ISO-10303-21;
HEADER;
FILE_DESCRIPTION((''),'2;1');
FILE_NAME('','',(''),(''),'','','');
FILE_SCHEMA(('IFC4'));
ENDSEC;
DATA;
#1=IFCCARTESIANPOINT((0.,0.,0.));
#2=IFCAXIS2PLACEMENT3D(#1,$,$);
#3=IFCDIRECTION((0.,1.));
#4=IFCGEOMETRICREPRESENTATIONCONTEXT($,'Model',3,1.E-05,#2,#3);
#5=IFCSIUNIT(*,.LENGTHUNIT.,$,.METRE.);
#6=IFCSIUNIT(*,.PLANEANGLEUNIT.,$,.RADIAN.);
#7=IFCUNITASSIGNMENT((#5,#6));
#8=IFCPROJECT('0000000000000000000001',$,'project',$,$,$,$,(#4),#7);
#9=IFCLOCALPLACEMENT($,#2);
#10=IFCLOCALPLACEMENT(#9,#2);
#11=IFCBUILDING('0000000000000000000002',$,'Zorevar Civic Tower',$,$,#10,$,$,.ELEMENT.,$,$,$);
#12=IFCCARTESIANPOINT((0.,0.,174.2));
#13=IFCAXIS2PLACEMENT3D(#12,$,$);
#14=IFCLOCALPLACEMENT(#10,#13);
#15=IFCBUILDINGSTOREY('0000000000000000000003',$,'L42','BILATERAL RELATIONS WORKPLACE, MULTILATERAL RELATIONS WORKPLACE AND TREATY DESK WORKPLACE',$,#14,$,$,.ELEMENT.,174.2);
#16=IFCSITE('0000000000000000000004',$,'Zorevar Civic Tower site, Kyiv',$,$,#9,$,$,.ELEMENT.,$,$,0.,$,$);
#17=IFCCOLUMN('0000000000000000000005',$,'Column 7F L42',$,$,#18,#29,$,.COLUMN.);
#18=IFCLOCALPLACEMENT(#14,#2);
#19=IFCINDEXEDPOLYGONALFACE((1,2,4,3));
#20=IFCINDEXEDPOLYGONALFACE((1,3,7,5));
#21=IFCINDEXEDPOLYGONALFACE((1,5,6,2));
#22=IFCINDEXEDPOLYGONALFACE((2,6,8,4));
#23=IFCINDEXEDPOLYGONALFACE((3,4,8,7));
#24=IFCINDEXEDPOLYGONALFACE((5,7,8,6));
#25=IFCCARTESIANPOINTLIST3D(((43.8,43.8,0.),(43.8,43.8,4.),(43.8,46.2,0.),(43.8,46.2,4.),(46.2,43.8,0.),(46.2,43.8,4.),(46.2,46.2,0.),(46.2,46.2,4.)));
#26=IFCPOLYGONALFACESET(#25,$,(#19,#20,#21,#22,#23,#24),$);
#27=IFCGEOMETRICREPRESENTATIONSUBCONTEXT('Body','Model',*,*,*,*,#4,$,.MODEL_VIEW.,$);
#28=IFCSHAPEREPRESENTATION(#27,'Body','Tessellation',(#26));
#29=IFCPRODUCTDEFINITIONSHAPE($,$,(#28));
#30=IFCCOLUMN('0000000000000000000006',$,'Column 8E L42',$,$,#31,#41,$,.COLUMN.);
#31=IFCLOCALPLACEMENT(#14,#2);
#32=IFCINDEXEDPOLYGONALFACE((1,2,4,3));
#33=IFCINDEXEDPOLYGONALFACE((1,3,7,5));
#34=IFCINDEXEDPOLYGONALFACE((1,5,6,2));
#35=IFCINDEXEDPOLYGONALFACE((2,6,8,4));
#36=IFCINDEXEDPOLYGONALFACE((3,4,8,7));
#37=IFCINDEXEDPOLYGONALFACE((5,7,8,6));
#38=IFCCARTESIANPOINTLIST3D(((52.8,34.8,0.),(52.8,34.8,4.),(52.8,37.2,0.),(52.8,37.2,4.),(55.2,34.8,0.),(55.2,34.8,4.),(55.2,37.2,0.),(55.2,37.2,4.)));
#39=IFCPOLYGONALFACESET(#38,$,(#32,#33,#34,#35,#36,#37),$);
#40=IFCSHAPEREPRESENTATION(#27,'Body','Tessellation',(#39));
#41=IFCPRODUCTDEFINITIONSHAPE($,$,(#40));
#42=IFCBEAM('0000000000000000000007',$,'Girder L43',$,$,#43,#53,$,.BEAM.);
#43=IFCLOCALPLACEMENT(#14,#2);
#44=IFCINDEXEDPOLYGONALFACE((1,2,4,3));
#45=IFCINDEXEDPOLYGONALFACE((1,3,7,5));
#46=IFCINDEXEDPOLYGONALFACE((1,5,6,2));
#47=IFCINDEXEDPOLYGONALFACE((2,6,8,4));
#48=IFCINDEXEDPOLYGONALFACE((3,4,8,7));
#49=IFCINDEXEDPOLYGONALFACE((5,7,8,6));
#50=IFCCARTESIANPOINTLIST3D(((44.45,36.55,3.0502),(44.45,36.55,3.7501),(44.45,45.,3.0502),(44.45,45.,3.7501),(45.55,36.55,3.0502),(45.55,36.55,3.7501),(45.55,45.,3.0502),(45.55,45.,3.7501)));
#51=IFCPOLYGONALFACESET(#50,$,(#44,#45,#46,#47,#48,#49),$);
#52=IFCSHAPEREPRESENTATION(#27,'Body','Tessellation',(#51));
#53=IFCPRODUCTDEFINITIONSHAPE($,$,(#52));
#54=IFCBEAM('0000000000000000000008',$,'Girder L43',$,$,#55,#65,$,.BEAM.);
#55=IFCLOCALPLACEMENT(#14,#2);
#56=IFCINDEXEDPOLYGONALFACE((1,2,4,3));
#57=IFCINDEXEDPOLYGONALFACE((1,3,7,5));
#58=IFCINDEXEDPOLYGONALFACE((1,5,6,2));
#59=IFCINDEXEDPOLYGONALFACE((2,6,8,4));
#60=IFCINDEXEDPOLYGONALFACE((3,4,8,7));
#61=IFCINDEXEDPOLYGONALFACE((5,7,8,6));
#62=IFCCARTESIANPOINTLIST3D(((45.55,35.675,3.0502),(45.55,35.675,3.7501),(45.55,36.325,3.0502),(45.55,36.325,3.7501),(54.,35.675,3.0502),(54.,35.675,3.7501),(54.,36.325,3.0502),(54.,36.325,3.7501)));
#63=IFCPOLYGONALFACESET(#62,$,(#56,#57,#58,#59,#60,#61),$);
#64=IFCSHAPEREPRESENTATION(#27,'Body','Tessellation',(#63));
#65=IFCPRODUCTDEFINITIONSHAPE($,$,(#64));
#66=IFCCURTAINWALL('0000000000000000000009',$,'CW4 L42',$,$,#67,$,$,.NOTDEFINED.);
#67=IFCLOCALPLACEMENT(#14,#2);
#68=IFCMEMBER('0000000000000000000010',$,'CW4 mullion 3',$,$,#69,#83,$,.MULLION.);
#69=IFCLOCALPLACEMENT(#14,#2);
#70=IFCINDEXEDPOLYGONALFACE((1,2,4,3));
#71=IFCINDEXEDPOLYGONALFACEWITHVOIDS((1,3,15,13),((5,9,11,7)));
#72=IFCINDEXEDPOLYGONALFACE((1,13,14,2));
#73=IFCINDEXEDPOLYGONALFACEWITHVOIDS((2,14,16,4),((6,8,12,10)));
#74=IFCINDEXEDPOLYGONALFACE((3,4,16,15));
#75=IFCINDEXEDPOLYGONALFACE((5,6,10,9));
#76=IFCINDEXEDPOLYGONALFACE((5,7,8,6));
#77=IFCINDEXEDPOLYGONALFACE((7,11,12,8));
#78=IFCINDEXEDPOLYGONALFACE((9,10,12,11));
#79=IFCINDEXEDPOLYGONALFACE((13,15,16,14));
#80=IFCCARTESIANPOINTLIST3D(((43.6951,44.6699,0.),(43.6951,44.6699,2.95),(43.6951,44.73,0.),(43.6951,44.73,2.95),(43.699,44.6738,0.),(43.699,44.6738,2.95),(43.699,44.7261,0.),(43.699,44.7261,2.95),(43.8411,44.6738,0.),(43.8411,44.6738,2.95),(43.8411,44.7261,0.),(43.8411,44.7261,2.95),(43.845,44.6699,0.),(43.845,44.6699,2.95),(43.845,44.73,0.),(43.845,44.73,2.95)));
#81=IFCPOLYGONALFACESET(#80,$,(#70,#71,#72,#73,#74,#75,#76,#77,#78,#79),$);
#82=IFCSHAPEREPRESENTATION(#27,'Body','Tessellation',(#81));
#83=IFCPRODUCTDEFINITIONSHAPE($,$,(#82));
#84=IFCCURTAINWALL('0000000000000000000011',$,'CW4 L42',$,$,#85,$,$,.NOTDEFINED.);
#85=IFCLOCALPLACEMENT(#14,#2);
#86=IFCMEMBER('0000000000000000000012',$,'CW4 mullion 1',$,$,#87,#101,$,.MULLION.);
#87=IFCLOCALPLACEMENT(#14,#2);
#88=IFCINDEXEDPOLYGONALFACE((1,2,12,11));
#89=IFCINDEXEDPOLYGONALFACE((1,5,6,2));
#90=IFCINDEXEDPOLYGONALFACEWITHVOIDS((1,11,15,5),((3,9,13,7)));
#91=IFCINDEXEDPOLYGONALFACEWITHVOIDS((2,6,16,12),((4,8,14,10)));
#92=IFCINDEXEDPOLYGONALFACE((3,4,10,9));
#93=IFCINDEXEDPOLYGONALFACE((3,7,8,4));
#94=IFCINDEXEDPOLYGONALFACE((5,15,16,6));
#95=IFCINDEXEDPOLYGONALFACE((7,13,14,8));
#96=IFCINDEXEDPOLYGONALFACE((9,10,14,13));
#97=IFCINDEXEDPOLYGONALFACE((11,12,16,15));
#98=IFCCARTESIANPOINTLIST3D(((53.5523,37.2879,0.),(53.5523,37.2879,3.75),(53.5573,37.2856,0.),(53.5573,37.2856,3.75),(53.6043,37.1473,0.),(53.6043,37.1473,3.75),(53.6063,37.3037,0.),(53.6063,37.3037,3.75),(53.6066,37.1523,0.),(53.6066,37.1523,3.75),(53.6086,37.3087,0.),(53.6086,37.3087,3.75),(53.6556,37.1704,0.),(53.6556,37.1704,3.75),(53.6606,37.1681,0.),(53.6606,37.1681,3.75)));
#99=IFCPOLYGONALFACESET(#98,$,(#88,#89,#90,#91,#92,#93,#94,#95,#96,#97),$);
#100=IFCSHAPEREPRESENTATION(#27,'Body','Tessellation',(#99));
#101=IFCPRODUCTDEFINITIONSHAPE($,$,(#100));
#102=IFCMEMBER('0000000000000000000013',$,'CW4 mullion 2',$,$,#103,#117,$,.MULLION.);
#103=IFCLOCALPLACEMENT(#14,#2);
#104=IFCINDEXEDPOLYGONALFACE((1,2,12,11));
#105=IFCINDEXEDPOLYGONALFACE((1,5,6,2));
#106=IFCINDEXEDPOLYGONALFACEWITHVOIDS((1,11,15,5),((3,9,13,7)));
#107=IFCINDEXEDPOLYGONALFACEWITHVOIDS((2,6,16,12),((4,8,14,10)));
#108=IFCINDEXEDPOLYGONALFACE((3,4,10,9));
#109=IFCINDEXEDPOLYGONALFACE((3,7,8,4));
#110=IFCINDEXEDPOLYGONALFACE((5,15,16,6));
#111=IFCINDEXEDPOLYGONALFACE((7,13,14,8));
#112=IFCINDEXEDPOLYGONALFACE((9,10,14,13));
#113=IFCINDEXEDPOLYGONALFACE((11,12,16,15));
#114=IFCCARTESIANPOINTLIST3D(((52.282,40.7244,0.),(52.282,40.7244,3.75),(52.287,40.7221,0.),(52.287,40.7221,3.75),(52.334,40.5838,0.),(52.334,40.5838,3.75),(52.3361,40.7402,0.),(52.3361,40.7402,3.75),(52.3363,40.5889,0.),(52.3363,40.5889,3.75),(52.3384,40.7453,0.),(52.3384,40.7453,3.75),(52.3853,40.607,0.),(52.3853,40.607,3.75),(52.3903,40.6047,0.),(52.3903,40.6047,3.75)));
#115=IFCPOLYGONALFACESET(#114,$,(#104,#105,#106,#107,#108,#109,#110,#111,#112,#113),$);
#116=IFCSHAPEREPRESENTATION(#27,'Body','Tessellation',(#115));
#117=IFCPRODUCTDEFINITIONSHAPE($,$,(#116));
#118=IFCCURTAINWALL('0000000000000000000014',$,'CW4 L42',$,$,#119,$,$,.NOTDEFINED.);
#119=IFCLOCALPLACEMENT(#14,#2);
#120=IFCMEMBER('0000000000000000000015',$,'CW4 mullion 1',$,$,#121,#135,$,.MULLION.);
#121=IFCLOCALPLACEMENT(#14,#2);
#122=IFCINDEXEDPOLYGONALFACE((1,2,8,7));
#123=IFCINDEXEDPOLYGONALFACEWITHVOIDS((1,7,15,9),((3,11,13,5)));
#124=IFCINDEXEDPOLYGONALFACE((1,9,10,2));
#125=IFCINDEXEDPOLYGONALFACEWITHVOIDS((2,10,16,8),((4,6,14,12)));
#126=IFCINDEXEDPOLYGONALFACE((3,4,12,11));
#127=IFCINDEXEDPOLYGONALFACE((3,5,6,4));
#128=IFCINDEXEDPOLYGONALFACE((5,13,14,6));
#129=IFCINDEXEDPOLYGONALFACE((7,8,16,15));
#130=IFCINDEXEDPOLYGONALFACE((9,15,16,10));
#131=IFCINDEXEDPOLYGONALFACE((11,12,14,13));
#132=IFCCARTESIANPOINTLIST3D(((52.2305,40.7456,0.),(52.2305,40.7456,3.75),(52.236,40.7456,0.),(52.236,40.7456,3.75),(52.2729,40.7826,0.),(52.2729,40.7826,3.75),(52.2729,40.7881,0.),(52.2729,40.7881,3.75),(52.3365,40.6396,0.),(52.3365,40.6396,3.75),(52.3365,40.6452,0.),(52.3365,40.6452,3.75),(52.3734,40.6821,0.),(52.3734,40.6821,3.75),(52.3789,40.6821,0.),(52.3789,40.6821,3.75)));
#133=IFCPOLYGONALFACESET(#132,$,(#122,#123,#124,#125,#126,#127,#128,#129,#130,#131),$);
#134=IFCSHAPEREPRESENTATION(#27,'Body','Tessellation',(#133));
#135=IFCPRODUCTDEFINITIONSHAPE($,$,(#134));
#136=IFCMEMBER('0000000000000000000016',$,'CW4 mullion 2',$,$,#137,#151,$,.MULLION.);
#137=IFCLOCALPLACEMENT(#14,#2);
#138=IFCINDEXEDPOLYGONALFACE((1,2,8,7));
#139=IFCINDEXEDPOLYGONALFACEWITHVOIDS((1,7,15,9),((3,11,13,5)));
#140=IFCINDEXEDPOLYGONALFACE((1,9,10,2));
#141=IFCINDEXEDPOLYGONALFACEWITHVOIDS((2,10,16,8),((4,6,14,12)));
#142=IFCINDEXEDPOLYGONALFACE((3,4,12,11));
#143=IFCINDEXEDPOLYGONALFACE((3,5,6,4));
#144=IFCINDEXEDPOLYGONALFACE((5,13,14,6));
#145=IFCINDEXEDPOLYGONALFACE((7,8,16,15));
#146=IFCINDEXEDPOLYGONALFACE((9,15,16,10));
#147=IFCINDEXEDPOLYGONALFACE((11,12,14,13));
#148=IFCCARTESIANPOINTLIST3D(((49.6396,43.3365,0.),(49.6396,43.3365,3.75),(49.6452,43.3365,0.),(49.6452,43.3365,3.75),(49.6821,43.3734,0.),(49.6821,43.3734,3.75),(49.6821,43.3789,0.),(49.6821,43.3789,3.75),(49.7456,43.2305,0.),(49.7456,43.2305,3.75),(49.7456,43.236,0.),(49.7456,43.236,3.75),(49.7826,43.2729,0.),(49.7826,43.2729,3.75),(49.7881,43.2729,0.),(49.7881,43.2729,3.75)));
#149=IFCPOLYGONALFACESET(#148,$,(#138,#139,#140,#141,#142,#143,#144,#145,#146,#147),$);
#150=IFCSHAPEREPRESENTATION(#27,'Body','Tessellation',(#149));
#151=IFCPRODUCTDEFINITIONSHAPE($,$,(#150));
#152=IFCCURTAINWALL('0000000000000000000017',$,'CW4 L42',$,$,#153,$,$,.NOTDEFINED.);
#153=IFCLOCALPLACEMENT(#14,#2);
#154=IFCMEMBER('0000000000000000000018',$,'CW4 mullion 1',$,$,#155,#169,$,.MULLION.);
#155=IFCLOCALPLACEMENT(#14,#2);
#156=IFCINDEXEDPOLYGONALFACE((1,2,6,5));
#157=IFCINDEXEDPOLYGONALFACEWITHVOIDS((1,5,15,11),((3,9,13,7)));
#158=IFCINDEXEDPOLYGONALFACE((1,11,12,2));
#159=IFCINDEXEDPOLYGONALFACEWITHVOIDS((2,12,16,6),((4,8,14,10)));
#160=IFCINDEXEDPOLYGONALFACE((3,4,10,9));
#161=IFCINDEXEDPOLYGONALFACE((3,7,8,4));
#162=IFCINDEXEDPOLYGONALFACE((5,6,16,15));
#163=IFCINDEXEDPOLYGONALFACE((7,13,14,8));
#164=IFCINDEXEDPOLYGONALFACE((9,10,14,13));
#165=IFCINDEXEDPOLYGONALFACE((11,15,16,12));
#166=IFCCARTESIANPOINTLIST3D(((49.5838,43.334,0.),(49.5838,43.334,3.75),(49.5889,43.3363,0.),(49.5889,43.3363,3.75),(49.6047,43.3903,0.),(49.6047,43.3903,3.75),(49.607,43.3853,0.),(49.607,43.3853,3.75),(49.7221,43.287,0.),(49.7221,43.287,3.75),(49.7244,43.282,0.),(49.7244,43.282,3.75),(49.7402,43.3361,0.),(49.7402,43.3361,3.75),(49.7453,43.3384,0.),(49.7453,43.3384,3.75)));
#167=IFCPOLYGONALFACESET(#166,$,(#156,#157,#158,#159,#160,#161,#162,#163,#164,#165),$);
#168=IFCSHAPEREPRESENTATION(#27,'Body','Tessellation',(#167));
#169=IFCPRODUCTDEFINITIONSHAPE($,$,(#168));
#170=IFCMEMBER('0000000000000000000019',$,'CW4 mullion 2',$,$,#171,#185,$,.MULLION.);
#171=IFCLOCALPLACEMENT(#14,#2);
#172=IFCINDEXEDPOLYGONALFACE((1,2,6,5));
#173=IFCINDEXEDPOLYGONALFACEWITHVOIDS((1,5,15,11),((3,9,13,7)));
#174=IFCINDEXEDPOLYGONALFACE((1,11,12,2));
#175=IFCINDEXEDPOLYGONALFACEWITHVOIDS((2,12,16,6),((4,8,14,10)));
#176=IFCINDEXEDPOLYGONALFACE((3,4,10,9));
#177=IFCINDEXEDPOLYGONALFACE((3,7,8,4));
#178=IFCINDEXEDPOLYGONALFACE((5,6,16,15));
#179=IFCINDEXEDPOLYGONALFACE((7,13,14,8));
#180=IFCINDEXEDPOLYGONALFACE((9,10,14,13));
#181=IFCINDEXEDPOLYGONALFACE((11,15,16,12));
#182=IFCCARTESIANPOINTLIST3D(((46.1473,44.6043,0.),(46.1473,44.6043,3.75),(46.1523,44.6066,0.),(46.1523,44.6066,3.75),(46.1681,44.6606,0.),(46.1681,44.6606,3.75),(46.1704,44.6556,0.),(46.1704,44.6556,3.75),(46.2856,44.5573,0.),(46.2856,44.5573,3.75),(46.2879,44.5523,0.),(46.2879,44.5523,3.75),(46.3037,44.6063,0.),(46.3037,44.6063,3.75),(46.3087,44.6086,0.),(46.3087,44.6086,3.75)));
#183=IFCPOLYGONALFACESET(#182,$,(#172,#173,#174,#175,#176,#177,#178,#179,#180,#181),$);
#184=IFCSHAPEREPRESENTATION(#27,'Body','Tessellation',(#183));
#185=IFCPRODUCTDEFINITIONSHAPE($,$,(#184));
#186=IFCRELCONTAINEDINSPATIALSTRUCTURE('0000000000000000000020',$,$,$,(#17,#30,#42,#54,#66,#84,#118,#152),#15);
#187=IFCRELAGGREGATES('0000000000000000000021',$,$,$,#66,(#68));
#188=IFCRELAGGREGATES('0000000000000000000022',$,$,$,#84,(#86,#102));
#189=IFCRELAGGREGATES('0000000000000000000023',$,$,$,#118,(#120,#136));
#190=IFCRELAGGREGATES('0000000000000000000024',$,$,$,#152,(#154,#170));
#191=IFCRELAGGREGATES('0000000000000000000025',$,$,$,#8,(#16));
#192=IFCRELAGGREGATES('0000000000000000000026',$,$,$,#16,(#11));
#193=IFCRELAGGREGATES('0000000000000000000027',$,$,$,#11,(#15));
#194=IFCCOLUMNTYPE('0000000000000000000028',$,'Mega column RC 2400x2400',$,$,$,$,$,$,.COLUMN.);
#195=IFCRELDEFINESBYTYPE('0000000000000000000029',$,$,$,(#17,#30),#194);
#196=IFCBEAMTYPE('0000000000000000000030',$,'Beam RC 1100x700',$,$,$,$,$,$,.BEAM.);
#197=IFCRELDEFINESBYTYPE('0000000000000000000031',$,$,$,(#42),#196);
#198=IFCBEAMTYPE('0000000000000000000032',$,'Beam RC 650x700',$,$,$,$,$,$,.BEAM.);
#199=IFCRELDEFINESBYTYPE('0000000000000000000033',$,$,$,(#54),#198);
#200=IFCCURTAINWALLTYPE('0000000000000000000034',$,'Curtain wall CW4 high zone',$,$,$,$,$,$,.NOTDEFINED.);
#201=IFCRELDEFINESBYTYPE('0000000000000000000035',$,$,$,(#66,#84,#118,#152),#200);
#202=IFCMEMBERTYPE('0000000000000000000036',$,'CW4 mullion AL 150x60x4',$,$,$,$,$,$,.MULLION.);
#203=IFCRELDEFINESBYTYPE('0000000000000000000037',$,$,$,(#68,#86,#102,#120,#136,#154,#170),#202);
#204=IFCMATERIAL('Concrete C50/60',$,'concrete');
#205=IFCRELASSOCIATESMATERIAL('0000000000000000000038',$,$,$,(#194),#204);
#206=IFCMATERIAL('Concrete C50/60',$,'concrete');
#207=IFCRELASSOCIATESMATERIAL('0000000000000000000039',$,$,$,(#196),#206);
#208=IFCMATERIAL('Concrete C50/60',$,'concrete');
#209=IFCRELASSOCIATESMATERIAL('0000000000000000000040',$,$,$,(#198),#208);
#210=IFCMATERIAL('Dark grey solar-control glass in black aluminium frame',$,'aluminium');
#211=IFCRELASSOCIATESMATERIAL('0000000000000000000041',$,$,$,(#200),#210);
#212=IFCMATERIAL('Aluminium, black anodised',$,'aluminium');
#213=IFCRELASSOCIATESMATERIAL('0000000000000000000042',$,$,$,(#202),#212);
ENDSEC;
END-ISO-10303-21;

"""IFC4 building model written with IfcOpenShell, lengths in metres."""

from ifc_helpers import new_model, si_unit, direction, frame, origin, origin_2d, place, context, subcontext, project, spatial, rectangle, hollow_rectangle, extrude, material, material_profile, profile_set, type_object, element, aggregate, save


model = new_model("IFC4")

# Units and contexts
model_context = context("Model", 3, precision=1e-05, world=origin(), true_north=direction((0.0, 1.0)))
body_context = subcontext(model_context, "Body", "Model", "MODEL_VIEW")
ifc_project = project(units=[si_unit("LENGTHUNIT", "METRE"), si_unit("PLANEANGLEUNIT", "RADIAN")], contexts=[model_context])

# Site, building, storey
site_placement = place(None, origin())
site = spatial("IfcSite", under=ifc_project, at=site_placement, Name="Zorevar Civic Tower site, Kyiv", CompositionType="ELEMENT", RefElevation=0.0)
building_placement = place(site_placement, origin())
building = spatial("IfcBuilding", under=site, at=building_placement, Name="Zorevar Civic Tower", CompositionType="ELEMENT")
storey_placement = place(building_placement, frame((0.0, 0.0, 174.2)))
storey = spatial("IfcBuildingStorey", under=building, at=storey_placement, Name="L42", Description="BILATERAL RELATIONS WORKPLACE, MULTILATERAL RELATIONS WORKPLACE AND TREATY DESK WORKPLACE", CompositionType="ELEMENT", Elevation=174.2)

# Columns
ifc_material_1 = material(Name="Concrete C50/60", Category="concrete")
ifc_material_profile_1 = material_profile(ifc_material_1, rectangle(XDim=2.3999, YDim=2.3999, at=origin_2d()), Name="RC 2400x2400")
ifc_profile_set_1 = profile_set([ifc_material_profile_1], Name="Concrete C50/60")
column_type = type_object("IfcColumnType", Name="Mega column RC 2400x2400", PredefinedType="COLUMN", material=ifc_profile_set_1)
for number, where, z_axis, x_axis, name in (
    (1, (45.0, 45.0, 0.0), (0.0, 0.0, 1.0), (1.0, 0.0, 0.0), "Column 7F L42"),
    (2, (54.0, 36.0, 0.0), (0.0, 0.0, 1.0), (1.0, 0.0, 0.0), "Column 8E L42"),
):
    element("IfcColumn", number, at=place(storey_placement, frame(where, z_axis=z_axis, x_axis=x_axis)), inside=storey, type_object=column_type, Name=name, PredefinedType="COLUMN", context=body_context, shape_type="SweptSolid", body=[
        extrude(rectangle(XDim=2.3999, YDim=2.3999, at=origin_2d()), origin(), (0.0, 0.0, 1.0), 4.0),
    ])

# Beams
ifc_material_2 = material(Name="Concrete C50/60", Category="concrete")
ifc_material_profile_2 = material_profile(ifc_material_2, rectangle(XDim=1.1001, YDim=0.7, at=origin_2d()), Name="RC 1100x700")
ifc_profile_set_2 = profile_set([ifc_material_profile_2], Name="Concrete C50/60")
beam_type_1 = type_object("IfcBeamType", Name="Beam RC 1100x700", PredefinedType="BEAM", material=ifc_profile_set_2)
beam_1_placement = place(storey_placement, frame((45.0, 36.55, 3.4001), z_axis=(0.0, 1.0, 0.0), x_axis=(-1.0, 0.0, 0.0)))
element("IfcBeam", 3, at=beam_1_placement, inside=storey, type_object=beam_type_1, Name="Girder L43", PredefinedType="BEAM", context=body_context, shape_type="SweptSolid", body=[
    extrude(rectangle(XDim=1.1001, YDim=0.7, at=origin_2d()), origin(), (0.0, 0.0, 1.0), 8.45),
])
ifc_material_3 = material(Name="Concrete C50/60", Category="concrete")
ifc_material_profile_3 = material_profile(ifc_material_3, rectangle(XDim=0.6499, YDim=0.7, at=origin_2d()), Name="RC 650x700")
ifc_profile_set_3 = profile_set([ifc_material_profile_3], Name="Concrete C50/60")
beam_type_2 = type_object("IfcBeamType", Name="Beam RC 650x700", PredefinedType="BEAM", material=ifc_profile_set_3)
beam_2_placement = place(storey_placement, frame((45.55, 36.0, 3.4001), z_axis=(1.0, 0.0, 0.0), x_axis=(0.0, 1.0, 0.0)))
element("IfcBeam", 4, at=beam_2_placement, inside=storey, type_object=beam_type_2, Name="Girder L43", PredefinedType="BEAM", context=body_context, shape_type="SweptSolid", body=[
    extrude(rectangle(XDim=0.6499, YDim=0.7, at=origin_2d()), origin(), (0.0, 0.0, 1.0), 8.45),
])

# Curtain wall, member
ifc_material_4 = material(Name="Dark grey solar-control glass in black aluminium frame", Category="aluminium")
curtain_wall_type = type_object("IfcCurtainWallType", Name="Curtain wall CW4 high zone", PredefinedType="NOTDEFINED", material=ifc_material_4)
curtain_wall_1_placement = place(storey_placement, origin())
curtain_wall_1 = element("IfcCurtainWall", 5, at=curtain_wall_1_placement, inside=storey, type_object=curtain_wall_type, Name="CW4 L42", PredefinedType="NOTDEFINED")
ifc_material_5 = material(Name="Aluminium, black anodised", Category="aluminium")
ifc_material_profile_4 = material_profile(ifc_material_5, hollow_rectangle(XDim=0.0601, YDim=0.1499, WallThickness=0.0039, at=origin_2d()), Name="AL 150x60x4")
ifc_profile_set_4 = profile_set([ifc_material_profile_4], Name="Aluminium, black anodised")
member_type_1 = type_object("IfcMemberType", Name="CW4 mullion AL 150x60x4", PredefinedType="MULLION", material=ifc_profile_set_4)
member_1_placement = place(storey_placement, frame((43.77, 44.7, 0.0), z_axis=(0.0, 0.0, 1.0), x_axis=(0.0, 1.0, 0.0)))
member_1 = element("IfcMember", 6, at=member_1_placement, type_object=member_type_1, Name="CW4 mullion 3", PredefinedType="MULLION", context=body_context, shape_type="SweptSolid", body=[
    extrude(hollow_rectangle(XDim=0.0601, YDim=0.1499, WallThickness=0.0039, at=origin_2d()), origin(), (0.0, 0.0, 1.0), 2.95),
])
aggregate(curtain_wall_1, [member_1])

# Curtain walls, members
curtain_wall_2_placement = place(storey_placement, origin())
curtain_wall_2 = element("IfcCurtainWall", 7, at=curtain_wall_2_placement, inside=storey, type_object=curtain_wall_type, Name="CW4 L42", PredefinedType="NOTDEFINED")
member_2_placement = place(storey_placement, frame((53.6064, 37.228, 0.0), z_axis=(0.0, 0.0, 1.0), x_axis=(-0.937975, -0.346704, 0.0)))
member_2 = element("IfcMember", 8, at=member_2_placement, type_object=member_type_1, Name="CW4 mullion 1", PredefinedType="MULLION", context=body_context, shape_type="SweptSolid", body=[
    extrude(hollow_rectangle(XDim=0.0601, YDim=0.1499, WallThickness=0.0039, at=origin_2d()), origin(), (0.0, 0.0, 1.0), 3.75),
])
member_3_placement = place(storey_placement, frame((52.3362, 40.6646, 0.0), z_axis=(0.0, 0.0, 1.0), x_axis=(-0.937975, -0.346704, 0.0)))
member_3 = element("IfcMember", 9, at=member_3_placement, type_object=member_type_1, Name="CW4 mullion 2", PredefinedType="MULLION", context=body_context, shape_type="SweptSolid", body=[
    extrude(hollow_rectangle(XDim=0.0601, YDim=0.1499, WallThickness=0.0039, at=origin_2d()), origin(), (0.0, 0.0, 1.0), 3.75),
])
curtain_wall_3_placement = place(storey_placement, origin())
curtain_wall_3 = element("IfcCurtainWall", 10, at=curtain_wall_3_placement, inside=storey, type_object=curtain_wall_type, Name="CW4 L42", PredefinedType="NOTDEFINED")
member_4_placement = place(storey_placement, frame((52.3047, 40.7139, 0.0), z_axis=(0.0, 0.0, 1.0), x_axis=(-0.707107, -0.707107, 0.0)))
member_4 = element("IfcMember", 11, at=member_4_placement, type_object=member_type_1, Name="CW4 mullion 1", PredefinedType="MULLION", context=body_context, shape_type="SweptSolid", body=[
    extrude(hollow_rectangle(XDim=0.0601, YDim=0.1499, WallThickness=0.0039, at=origin_2d()), origin(), (0.0, 0.0, 1.0), 3.75),
])
member_5_placement = place(storey_placement, frame((49.7139, 43.3047, 0.0), z_axis=(0.0, 0.0, 1.0), x_axis=(-0.707107, -0.707107, 0.0)))
member_5 = element("IfcMember", 12, at=member_5_placement, type_object=member_type_1, Name="CW4 mullion 2", PredefinedType="MULLION", context=body_context, shape_type="SweptSolid", body=[
    extrude(hollow_rectangle(XDim=0.0601, YDim=0.1499, WallThickness=0.0039, at=origin_2d()), origin(), (0.0, 0.0, 1.0), 3.75),
])
curtain_wall_4_placement = place(storey_placement, origin())
curtain_wall_4 = element("IfcCurtainWall", 13, at=curtain_wall_4_placement, inside=storey, type_object=curtain_wall_type, Name="CW4 L42", PredefinedType="NOTDEFINED")
member_6_placement = place(storey_placement, frame((49.6646, 43.3362, 0.0), z_axis=(0.0, 0.0, 1.0), x_axis=(-0.346704, -0.937975, 0.0)))
member_6 = element("IfcMember", 14, at=member_6_placement, type_object=member_type_1, Name="CW4 mullion 1", PredefinedType="MULLION", context=body_context, shape_type="SweptSolid", body=[
    extrude(hollow_rectangle(XDim=0.0601, YDim=0.1499, WallThickness=0.0039, at=origin_2d()), origin(), (0.0, 0.0, 1.0), 3.75),
])
member_7_placement = place(storey_placement, frame((46.228, 44.6064, 0.0), z_axis=(0.0, 0.0, 1.0), x_axis=(-0.346704, -0.937975, 0.0)))
member_7 = element("IfcMember", 15, at=member_7_placement, type_object=member_type_1, Name="CW4 mullion 2", PredefinedType="MULLION", context=body_context, shape_type="SweptSolid", body=[
    extrude(hollow_rectangle(XDim=0.0601, YDim=0.1499, WallThickness=0.0039, at=origin_2d()), origin(), (0.0, 0.0, 1.0), 3.75),
])

aggregate(curtain_wall_2, [member_2, member_3])
aggregate(curtain_wall_3, [member_4, member_5])
aggregate(curtain_wall_4, [member_6, member_7])

save(model, "model.ifc")
